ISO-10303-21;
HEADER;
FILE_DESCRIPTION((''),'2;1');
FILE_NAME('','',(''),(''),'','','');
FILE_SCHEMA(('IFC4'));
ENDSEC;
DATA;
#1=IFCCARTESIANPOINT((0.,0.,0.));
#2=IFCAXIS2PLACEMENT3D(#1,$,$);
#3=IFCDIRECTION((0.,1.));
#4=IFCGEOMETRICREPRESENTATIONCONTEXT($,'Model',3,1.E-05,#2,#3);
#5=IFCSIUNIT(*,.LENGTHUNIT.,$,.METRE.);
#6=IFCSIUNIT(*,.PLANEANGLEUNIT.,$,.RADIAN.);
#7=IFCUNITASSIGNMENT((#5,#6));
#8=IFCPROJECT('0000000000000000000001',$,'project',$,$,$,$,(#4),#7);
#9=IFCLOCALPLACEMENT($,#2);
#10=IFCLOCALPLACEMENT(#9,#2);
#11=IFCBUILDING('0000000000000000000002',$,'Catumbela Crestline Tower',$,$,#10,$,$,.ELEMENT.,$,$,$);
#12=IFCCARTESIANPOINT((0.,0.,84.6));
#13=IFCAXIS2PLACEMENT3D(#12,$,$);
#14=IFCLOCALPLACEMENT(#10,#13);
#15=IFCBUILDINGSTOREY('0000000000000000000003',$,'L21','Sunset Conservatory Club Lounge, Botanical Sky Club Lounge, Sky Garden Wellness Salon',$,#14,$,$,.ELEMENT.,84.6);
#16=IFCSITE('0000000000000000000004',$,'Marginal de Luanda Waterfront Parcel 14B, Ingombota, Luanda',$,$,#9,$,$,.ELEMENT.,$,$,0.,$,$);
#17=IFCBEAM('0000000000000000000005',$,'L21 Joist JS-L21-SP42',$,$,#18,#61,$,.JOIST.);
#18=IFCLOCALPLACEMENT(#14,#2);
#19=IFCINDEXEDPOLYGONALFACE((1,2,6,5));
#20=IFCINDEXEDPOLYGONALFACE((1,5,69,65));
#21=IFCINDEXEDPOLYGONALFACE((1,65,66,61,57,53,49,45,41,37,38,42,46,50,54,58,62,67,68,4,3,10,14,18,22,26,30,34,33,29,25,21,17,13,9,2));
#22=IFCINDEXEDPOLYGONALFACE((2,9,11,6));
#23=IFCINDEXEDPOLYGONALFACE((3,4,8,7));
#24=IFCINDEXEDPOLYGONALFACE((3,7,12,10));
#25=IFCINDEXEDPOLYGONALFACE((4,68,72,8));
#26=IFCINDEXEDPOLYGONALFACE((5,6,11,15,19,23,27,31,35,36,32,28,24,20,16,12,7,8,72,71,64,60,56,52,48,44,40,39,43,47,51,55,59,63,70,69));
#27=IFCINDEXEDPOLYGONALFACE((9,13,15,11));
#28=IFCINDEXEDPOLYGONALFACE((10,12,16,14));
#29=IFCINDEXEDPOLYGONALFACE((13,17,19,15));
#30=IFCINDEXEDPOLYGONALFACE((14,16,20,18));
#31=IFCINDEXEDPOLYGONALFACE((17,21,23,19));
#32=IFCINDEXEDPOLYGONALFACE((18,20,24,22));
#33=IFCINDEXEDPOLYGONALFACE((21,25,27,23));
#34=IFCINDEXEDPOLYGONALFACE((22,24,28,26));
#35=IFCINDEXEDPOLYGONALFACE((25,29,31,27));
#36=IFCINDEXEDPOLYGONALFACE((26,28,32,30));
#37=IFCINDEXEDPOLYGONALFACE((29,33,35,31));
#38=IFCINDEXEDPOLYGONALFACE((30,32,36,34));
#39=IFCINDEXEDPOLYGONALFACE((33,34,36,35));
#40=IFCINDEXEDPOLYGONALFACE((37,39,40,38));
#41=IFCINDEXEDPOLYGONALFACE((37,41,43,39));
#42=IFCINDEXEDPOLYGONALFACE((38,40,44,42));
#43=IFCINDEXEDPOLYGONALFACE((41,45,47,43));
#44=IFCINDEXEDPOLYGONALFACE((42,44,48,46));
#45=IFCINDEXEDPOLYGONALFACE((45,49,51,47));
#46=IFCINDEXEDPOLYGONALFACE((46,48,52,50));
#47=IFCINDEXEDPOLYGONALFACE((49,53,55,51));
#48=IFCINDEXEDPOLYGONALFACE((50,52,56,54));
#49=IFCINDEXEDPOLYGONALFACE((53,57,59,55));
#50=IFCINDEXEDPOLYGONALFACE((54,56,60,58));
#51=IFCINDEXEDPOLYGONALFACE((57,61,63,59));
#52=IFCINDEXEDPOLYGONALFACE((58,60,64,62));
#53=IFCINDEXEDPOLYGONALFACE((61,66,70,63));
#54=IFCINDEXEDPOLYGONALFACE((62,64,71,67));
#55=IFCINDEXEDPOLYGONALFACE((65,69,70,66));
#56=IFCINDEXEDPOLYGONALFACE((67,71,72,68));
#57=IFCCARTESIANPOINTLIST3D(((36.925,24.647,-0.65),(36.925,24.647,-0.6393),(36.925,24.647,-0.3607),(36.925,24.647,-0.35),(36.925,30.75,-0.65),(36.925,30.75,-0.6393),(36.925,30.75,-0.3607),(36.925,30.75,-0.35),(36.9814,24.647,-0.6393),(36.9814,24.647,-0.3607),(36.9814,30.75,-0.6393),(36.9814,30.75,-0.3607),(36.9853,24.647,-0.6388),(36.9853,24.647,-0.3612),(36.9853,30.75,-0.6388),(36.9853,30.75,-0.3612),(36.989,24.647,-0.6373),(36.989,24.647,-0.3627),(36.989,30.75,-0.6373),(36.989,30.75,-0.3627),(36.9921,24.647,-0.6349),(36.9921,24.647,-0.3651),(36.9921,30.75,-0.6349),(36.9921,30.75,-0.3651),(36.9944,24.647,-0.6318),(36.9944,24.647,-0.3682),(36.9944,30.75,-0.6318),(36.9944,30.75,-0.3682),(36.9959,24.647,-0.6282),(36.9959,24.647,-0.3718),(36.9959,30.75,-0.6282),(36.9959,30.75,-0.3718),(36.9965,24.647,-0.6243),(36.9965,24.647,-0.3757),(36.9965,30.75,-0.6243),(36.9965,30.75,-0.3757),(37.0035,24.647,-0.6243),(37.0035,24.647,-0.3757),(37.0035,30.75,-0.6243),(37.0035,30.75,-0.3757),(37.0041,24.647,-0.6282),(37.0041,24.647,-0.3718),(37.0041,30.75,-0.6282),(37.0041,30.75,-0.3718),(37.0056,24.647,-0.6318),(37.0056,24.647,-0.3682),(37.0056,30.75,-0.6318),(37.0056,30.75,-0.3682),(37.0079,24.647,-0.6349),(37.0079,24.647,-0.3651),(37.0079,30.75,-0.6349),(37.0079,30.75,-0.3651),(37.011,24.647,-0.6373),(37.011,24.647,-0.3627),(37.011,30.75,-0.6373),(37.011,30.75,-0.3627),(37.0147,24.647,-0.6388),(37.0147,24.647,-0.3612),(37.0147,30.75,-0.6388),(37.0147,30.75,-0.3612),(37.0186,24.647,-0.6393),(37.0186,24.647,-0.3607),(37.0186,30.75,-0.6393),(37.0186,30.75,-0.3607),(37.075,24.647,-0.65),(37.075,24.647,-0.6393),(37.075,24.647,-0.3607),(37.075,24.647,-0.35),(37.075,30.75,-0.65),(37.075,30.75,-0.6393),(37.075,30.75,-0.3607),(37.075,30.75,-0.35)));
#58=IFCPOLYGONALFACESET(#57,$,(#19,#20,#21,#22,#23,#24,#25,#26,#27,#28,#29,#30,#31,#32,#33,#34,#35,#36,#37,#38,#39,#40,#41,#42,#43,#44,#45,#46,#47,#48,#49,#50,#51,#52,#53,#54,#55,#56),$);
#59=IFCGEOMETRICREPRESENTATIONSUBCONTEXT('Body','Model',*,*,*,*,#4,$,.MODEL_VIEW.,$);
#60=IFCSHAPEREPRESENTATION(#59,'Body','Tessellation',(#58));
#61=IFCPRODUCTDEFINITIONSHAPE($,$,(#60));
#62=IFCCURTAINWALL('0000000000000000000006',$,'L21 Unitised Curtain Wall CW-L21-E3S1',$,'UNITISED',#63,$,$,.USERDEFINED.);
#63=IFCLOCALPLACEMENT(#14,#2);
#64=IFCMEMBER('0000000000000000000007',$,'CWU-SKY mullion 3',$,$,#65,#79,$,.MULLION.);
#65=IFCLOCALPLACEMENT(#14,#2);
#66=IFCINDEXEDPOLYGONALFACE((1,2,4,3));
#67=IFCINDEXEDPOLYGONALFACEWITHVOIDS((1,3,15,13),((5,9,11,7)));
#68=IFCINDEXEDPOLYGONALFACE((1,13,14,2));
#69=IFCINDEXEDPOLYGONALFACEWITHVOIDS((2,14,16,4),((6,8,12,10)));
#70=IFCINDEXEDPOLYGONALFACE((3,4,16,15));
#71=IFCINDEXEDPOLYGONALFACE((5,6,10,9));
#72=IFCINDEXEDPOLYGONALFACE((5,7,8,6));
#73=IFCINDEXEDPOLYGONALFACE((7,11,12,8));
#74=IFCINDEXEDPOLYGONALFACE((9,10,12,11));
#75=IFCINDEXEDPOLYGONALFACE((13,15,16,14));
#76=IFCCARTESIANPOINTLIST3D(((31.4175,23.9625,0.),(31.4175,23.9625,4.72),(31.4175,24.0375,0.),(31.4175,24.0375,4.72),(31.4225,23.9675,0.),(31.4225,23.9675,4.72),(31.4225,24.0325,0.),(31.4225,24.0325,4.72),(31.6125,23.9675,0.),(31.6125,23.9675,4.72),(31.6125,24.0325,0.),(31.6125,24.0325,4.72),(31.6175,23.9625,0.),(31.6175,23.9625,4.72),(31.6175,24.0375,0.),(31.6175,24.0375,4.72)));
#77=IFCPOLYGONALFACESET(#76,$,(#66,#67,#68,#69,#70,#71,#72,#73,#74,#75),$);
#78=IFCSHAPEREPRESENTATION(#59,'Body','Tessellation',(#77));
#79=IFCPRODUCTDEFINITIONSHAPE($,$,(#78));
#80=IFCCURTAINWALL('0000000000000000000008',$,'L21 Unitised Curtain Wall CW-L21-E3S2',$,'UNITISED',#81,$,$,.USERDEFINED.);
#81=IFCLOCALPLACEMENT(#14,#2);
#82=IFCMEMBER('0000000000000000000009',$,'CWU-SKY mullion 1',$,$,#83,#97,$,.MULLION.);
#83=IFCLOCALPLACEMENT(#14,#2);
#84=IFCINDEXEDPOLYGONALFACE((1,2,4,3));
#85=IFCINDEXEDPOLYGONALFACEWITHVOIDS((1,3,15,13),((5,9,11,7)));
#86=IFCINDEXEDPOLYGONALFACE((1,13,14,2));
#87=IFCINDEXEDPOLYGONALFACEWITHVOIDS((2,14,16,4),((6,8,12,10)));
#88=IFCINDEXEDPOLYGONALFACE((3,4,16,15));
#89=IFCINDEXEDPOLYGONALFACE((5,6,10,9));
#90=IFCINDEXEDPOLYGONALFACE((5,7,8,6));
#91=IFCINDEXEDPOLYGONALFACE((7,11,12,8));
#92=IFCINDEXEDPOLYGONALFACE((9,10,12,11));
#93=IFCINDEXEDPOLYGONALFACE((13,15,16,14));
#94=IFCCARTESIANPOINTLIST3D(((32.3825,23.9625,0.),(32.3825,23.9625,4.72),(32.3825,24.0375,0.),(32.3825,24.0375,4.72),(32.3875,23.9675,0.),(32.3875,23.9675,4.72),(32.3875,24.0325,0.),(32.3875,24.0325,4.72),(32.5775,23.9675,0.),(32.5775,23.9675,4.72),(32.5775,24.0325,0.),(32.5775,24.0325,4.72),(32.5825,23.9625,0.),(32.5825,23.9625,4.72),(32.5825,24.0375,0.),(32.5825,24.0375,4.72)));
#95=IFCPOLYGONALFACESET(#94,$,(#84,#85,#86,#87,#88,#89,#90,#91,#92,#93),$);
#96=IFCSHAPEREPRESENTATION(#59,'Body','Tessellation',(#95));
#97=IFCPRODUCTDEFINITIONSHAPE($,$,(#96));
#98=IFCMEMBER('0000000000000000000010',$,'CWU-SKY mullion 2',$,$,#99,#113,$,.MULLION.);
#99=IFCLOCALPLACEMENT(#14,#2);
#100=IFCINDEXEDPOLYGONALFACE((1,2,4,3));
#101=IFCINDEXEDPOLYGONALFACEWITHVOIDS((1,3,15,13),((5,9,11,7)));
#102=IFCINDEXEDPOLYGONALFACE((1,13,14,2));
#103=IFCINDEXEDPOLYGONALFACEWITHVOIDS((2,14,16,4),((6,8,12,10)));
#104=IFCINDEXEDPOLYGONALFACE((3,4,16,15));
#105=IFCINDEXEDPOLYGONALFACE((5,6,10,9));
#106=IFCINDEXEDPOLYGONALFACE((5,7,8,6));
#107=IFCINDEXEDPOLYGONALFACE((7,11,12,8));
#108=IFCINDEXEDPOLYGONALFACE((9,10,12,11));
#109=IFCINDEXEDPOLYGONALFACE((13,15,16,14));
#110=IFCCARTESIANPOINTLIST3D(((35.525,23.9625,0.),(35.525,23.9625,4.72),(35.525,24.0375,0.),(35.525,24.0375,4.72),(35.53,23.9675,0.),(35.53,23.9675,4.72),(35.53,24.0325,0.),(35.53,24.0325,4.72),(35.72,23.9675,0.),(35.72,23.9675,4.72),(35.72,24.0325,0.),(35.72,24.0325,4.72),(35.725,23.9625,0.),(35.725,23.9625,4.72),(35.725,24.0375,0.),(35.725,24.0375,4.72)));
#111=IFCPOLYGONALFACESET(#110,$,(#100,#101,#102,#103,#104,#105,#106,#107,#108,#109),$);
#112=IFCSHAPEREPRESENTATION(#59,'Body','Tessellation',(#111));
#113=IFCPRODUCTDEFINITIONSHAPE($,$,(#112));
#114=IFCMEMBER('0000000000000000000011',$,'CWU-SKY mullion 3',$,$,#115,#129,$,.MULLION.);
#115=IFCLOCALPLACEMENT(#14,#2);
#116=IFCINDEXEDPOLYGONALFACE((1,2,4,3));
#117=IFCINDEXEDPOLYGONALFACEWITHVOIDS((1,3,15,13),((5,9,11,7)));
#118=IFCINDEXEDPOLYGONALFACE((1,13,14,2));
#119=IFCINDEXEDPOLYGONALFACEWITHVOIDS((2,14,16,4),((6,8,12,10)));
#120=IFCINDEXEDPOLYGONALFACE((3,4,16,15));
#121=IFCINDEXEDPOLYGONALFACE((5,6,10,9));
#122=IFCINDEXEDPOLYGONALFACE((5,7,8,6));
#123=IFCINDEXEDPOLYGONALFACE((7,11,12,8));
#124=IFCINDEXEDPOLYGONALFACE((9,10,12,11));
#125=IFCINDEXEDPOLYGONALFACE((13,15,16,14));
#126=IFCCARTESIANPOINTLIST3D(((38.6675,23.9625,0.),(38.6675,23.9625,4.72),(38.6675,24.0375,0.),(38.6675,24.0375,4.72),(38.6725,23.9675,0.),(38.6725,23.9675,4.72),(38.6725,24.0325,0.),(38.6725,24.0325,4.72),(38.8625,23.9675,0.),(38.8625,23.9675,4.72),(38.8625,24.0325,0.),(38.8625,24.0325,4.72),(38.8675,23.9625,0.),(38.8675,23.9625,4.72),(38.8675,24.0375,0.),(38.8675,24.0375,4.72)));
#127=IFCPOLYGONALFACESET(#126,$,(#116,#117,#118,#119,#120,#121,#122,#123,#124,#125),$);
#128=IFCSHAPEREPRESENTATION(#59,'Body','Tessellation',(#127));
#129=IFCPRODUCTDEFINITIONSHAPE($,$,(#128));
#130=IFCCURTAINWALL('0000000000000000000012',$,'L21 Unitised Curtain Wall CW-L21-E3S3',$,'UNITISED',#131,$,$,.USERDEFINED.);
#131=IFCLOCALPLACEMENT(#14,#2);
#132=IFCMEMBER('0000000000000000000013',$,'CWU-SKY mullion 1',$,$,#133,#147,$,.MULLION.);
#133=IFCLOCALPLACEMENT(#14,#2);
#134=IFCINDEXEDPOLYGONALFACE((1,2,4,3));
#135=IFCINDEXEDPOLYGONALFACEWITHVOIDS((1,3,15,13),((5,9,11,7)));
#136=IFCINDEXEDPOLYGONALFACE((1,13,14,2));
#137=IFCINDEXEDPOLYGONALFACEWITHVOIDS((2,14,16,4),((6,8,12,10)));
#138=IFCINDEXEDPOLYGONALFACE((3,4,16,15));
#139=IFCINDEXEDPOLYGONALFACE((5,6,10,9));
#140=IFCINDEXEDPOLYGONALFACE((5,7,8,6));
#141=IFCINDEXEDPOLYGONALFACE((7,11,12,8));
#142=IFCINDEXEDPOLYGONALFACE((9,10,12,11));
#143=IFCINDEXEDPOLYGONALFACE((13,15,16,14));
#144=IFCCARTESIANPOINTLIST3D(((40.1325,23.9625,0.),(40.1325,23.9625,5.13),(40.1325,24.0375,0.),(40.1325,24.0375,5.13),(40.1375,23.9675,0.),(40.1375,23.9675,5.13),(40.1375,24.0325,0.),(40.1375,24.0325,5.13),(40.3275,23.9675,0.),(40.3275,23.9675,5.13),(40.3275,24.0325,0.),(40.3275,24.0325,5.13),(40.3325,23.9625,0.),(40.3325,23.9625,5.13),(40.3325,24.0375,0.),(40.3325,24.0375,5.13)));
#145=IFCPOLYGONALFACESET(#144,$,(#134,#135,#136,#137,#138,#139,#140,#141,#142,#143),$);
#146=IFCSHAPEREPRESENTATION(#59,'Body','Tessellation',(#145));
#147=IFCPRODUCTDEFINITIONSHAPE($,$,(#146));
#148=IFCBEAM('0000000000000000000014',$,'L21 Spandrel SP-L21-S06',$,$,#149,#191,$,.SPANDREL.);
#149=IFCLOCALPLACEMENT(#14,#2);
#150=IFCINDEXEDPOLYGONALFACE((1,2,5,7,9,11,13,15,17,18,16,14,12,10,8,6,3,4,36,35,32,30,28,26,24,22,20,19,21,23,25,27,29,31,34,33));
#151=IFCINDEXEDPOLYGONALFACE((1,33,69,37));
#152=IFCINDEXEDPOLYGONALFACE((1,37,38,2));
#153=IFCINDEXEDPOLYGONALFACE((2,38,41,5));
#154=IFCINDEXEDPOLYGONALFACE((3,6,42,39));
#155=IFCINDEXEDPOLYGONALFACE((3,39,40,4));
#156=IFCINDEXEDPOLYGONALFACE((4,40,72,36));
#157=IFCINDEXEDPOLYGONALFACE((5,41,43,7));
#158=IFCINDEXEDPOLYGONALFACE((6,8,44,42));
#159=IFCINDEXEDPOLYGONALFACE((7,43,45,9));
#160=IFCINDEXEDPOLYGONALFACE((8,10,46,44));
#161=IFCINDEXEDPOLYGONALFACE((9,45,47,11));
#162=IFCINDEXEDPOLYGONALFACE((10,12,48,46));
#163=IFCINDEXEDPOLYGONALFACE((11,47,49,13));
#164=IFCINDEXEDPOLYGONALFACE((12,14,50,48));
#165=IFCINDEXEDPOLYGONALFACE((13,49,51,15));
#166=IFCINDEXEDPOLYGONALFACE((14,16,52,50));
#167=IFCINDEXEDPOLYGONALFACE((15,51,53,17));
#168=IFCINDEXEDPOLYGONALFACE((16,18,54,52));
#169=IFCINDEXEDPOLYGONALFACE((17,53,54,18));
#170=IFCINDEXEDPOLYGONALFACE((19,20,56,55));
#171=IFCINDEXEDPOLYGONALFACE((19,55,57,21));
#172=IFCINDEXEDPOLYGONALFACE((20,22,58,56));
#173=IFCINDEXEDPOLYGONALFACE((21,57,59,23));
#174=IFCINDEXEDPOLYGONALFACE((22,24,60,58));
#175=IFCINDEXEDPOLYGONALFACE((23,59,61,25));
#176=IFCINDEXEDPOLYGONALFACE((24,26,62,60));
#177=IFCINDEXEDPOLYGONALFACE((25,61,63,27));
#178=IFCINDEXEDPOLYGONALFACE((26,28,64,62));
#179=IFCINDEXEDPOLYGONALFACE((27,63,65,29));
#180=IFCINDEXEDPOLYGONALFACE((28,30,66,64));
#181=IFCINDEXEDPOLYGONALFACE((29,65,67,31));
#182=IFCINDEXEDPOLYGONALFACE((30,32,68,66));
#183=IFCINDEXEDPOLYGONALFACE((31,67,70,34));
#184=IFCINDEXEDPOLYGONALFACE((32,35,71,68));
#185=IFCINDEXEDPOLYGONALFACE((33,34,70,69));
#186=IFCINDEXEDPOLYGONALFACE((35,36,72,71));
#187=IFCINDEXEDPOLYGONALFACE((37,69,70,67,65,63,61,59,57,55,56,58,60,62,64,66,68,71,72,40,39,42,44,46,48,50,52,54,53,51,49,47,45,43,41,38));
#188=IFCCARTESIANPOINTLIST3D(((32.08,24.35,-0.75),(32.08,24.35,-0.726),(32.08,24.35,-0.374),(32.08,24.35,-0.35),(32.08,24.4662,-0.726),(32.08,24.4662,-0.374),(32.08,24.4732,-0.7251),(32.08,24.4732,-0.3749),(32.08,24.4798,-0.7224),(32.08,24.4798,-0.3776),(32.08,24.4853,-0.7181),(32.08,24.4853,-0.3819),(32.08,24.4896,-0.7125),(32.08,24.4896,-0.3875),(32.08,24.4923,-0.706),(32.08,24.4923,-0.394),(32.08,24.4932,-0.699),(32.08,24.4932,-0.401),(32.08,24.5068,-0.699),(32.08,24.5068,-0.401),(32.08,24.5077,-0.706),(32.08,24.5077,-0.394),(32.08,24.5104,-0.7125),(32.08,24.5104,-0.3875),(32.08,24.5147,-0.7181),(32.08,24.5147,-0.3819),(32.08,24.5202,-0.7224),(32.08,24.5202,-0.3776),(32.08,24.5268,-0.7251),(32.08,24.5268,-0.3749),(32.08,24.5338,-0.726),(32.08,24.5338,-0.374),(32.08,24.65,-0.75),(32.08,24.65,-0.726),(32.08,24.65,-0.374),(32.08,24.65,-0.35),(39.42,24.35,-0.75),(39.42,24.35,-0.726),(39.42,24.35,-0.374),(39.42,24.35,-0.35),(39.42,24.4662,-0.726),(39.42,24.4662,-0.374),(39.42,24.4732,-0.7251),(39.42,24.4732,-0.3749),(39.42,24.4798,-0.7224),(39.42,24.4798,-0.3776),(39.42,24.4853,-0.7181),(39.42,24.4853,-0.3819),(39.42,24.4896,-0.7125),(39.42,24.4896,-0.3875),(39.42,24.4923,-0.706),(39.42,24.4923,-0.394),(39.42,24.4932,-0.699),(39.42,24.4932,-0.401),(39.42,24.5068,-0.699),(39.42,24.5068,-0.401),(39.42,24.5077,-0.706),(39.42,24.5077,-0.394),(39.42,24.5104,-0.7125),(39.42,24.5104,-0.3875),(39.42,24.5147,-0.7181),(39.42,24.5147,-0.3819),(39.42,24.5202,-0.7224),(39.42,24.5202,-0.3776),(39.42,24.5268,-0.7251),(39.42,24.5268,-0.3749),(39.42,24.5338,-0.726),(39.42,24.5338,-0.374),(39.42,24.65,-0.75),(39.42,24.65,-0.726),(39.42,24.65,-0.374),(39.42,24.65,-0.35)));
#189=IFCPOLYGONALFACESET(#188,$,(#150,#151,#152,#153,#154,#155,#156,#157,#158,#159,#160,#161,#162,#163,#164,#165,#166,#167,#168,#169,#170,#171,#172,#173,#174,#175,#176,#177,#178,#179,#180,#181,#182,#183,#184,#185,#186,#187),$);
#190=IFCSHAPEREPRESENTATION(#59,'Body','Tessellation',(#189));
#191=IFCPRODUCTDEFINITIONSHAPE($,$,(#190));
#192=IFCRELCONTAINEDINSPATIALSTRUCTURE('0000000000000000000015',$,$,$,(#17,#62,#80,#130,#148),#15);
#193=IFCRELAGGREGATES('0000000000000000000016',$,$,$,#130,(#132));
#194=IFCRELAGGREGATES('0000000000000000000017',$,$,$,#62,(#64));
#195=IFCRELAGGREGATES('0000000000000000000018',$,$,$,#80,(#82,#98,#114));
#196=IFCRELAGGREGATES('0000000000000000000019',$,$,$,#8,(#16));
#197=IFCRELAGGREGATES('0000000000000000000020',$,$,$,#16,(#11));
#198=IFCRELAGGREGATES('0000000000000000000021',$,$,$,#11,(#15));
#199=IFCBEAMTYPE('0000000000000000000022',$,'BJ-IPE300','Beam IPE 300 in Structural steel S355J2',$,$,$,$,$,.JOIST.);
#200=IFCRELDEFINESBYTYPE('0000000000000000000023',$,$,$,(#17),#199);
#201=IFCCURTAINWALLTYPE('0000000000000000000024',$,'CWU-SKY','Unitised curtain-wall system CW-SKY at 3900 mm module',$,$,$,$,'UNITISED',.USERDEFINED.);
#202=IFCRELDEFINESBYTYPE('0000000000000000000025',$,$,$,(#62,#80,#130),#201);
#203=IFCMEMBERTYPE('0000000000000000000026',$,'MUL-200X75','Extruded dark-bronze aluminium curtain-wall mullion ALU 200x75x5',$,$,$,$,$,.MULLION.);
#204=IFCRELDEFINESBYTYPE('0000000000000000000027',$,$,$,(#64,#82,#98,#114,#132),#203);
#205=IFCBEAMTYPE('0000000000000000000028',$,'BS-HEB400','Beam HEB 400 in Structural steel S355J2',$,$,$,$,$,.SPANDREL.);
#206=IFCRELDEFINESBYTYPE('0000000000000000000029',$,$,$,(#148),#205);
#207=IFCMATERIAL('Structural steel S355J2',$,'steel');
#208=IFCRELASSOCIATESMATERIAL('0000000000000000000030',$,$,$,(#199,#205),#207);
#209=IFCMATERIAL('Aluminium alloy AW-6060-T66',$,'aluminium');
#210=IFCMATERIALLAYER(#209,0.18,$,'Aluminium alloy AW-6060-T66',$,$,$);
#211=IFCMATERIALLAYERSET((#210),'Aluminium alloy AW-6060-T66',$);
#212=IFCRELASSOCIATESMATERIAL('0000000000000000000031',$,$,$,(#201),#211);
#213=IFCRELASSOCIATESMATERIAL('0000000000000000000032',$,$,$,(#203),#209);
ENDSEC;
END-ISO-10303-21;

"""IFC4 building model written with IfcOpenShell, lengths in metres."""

from ifc_helpers import new_model, si_unit, direction, frame, origin, origin_2d, place, context, subcontext, project, spatial, hollow_rectangle, i_section, extrude, material, layer, layer_set, material_profile, profile_set, type_object, element, aggregate, save


model = new_model("IFC4")

# Units and contexts
model_context = context("Model", 3, precision=1e-05, world=origin(), true_north=direction((0.0, 1.0)))
body_context = subcontext(model_context, "Body", "Model", "MODEL_VIEW")
ifc_project = project(units=[si_unit("LENGTHUNIT", "METRE"), si_unit("PLANEANGLEUNIT", "RADIAN")], contexts=[model_context])

# Site, building, storey
site_placement = place(None, origin())
site = spatial("IfcSite", under=ifc_project, at=site_placement, Name="Marginal de Luanda Waterfront Parcel 14B, Ingombota, Luanda", CompositionType="ELEMENT", RefElevation=0.0)
building_placement = place(site_placement, origin())
building = spatial("IfcBuilding", under=site, at=building_placement, Name="Catumbela Crestline Tower", CompositionType="ELEMENT")
storey_placement = place(building_placement, frame((0.0, 0.0, 84.6)))
storey = spatial("IfcBuildingStorey", under=building, at=storey_placement, Name="L21", Description="Sunset Conservatory Club Lounge, Botanical Sky Club Lounge, Sky Garden Wellness Salon", CompositionType="ELEMENT", Elevation=84.6)

# Beam
ifc_material_1 = material(Name="Structural steel S355J2", Category="steel")
ifc_material_profile_1 = material_profile(ifc_material_1, i_section(OverallWidth=0.15, OverallDepth=0.3, WebThickness=0.0071, FlangeThickness=0.0107, FilletRadius=0.015, at=origin_2d()), Name="IPE 300")
ifc_profile_set_1 = profile_set([ifc_material_profile_1], Name="Structural steel S355J2")
beam_type_1 = type_object("IfcBeamType", Name="BJ-IPE300", Description="Beam IPE 300 in Structural steel S355J2", PredefinedType="JOIST", material=ifc_profile_set_1)
for number, where, z_axis, x_axis, name in (
    (1, (37.0, 24.647, -0.5), (0.0, 1.0, 0.0), (-1.0, 0.0, 0.0), "L21 Joist JS-L21-SP42"),
):
    element("IfcBeam", number, at=place(storey_placement, frame(where, z_axis=z_axis, x_axis=x_axis)), inside=storey, type_object=beam_type_1, Name=name, PredefinedType="JOIST", context=body_context, shape_type="SweptSolid", body=[
        extrude(i_section(OverallWidth=0.15, OverallDepth=0.3, WebThickness=0.0071, FlangeThickness=0.0107, FilletRadius=0.015, at=origin_2d()), origin(), (0.0, 0.0, 1.0), 6.103),
    ])

# Curtain wall, member
ifc_material_2 = material(Name="Aluminium alloy AW-6060-T66", Category="aluminium")
ifc_layer_1 = layer(ifc_material_2, 0.18, Name="Aluminium alloy AW-6060-T66")
ifc_layer_set_1 = layer_set([ifc_layer_1], Name="Aluminium alloy AW-6060-T66")
curtain_wall_type = type_object("IfcCurtainWallType", Name="CWU-SKY", Description="Unitised curtain-wall system CW-SKY at 3900 mm module", ElementType="UNITISED", PredefinedType="USERDEFINED", material=ifc_layer_set_1)
curtain_wall_1_placement = place(storey_placement, origin())
curtain_wall_1 = element("IfcCurtainWall", 2, at=curtain_wall_1_placement, inside=storey, type_object=curtain_wall_type, Name="L21 Unitised Curtain Wall CW-L21-E3S1", ObjectType="UNITISED", PredefinedType="USERDEFINED")
ifc_material_profile_2 = material_profile(ifc_material_2, hollow_rectangle(XDim=0.075, YDim=0.2, WallThickness=0.005, at=origin_2d()), Name="ALU 200x75x5")
ifc_profile_set_2 = profile_set([ifc_material_profile_2], Name="Aluminium alloy AW-6060-T66")
member_type_1 = type_object("IfcMemberType", Name="MUL-200X75", Description="Extruded dark-bronze aluminium curtain-wall mullion ALU 200x75x5", PredefinedType="MULLION", material=ifc_profile_set_2)
member_1_placement = place(storey_placement, frame((31.5175, 24.0, 0.0), z_axis=(0.0, 0.0, 1.0), x_axis=(0.0, 1.0, 0.0)))
member_1 = element("IfcMember", 3, at=member_1_placement, type_object=member_type_1, Name="CWU-SKY mullion 3", PredefinedType="MULLION", context=body_context, shape_type="SweptSolid", body=[
    extrude(hollow_rectangle(XDim=0.075, YDim=0.2, WallThickness=0.005, at=origin_2d()), origin(), (0.0, 0.0, 1.0), 4.72),
])

# Curtain wall, members
curtain_wall_2_placement = place(storey_placement, origin())
curtain_wall_2 = element("IfcCurtainWall", 4, at=curtain_wall_2_placement, inside=storey, type_object=curtain_wall_type, Name="L21 Unitised Curtain Wall CW-L21-E3S2", ObjectType="UNITISED", PredefinedType="USERDEFINED")
member_2_placement = place(storey_placement, frame((32.4825, 24.0, 0.0), z_axis=(0.0, 0.0, 1.0), x_axis=(0.0, 1.0, 0.0)))
member_2 = element("IfcMember", 5, at=member_2_placement, type_object=member_type_1, Name="CWU-SKY mullion 1", PredefinedType="MULLION", context=body_context, shape_type="SweptSolid", body=[
    extrude(hollow_rectangle(XDim=0.075, YDim=0.2, WallThickness=0.005, at=origin_2d()), origin(), (0.0, 0.0, 1.0), 4.72),
])
member_3_placement = place(storey_placement, frame((35.625, 24.0, 0.0), z_axis=(0.0, 0.0, 1.0), x_axis=(0.0, 1.0, 0.0)))
member_3 = element("IfcMember", 6, at=member_3_placement, type_object=member_type_1, Name="CWU-SKY mullion 2", PredefinedType="MULLION", context=body_context, shape_type="SweptSolid", body=[
    extrude(hollow_rectangle(XDim=0.075, YDim=0.2, WallThickness=0.005, at=origin_2d()), origin(), (0.0, 0.0, 1.0), 4.72),
])
member_4_placement = place(storey_placement, frame((38.7675, 24.0, 0.0), z_axis=(0.0, 0.0, 1.0), x_axis=(0.0, 1.0, 0.0)))
member_4 = element("IfcMember", 7, at=member_4_placement, type_object=member_type_1, Name="CWU-SKY mullion 3", PredefinedType="MULLION", context=body_context, shape_type="SweptSolid", body=[
    extrude(hollow_rectangle(XDim=0.075, YDim=0.2, WallThickness=0.005, at=origin_2d()), origin(), (0.0, 0.0, 1.0), 4.72),
])

# Curtain wall, member
curtain_wall_3_placement = place(storey_placement, origin())
curtain_wall_3 = element("IfcCurtainWall", 8, at=curtain_wall_3_placement, inside=storey, type_object=curtain_wall_type, Name="L21 Unitised Curtain Wall CW-L21-E3S3", ObjectType="UNITISED", PredefinedType="USERDEFINED")
member_5_placement = place(storey_placement, frame((40.2325, 24.0, 0.0), z_axis=(0.0, 0.0, 1.0), x_axis=(0.0, 1.0, 0.0)))
member_5 = element("IfcMember", 9, at=member_5_placement, type_object=member_type_1, Name="CWU-SKY mullion 1", PredefinedType="MULLION", context=body_context, shape_type="SweptSolid", body=[
    extrude(hollow_rectangle(XDim=0.075, YDim=0.2, WallThickness=0.005, at=origin_2d()), origin(), (0.0, 0.0, 1.0), 5.13),
])
aggregate(curtain_wall_3, [member_5])

# Beam
ifc_material_profile_3 = material_profile(ifc_material_1, i_section(OverallWidth=0.3, OverallDepth=0.4, WebThickness=0.0135, FlangeThickness=0.024, FilletRadius=0.027, at=origin_2d()), Name="HEB 400")
ifc_profile_set_3 = profile_set([ifc_material_profile_3], Name="Structural steel S355J2")
beam_type_2 = type_object("IfcBeamType", Name="BS-HEB400", Description="Beam HEB 400 in Structural steel S355J2", PredefinedType="SPANDREL", material=ifc_profile_set_3)
beam_1_placement = place(storey_placement, frame((32.08, 24.5, -0.55), z_axis=(1.0, 0.0, 0.0), x_axis=(0.0, 1.0, 0.0)))
element("IfcBeam", 10, at=beam_1_placement, inside=storey, type_object=beam_type_2, Name="L21 Spandrel SP-L21-S06", PredefinedType="SPANDREL", context=body_context, shape_type="SweptSolid", body=[
    extrude(i_section(OverallWidth=0.3, OverallDepth=0.4, WebThickness=0.0135, FlangeThickness=0.024, FilletRadius=0.027, at=origin_2d()), origin(), (0.0, 0.0, 1.0), 7.34),
])

aggregate(curtain_wall_1, [member_1])
aggregate(curtain_wall_2, [member_2, member_3, member_4])

save(model, "model.ifc")
